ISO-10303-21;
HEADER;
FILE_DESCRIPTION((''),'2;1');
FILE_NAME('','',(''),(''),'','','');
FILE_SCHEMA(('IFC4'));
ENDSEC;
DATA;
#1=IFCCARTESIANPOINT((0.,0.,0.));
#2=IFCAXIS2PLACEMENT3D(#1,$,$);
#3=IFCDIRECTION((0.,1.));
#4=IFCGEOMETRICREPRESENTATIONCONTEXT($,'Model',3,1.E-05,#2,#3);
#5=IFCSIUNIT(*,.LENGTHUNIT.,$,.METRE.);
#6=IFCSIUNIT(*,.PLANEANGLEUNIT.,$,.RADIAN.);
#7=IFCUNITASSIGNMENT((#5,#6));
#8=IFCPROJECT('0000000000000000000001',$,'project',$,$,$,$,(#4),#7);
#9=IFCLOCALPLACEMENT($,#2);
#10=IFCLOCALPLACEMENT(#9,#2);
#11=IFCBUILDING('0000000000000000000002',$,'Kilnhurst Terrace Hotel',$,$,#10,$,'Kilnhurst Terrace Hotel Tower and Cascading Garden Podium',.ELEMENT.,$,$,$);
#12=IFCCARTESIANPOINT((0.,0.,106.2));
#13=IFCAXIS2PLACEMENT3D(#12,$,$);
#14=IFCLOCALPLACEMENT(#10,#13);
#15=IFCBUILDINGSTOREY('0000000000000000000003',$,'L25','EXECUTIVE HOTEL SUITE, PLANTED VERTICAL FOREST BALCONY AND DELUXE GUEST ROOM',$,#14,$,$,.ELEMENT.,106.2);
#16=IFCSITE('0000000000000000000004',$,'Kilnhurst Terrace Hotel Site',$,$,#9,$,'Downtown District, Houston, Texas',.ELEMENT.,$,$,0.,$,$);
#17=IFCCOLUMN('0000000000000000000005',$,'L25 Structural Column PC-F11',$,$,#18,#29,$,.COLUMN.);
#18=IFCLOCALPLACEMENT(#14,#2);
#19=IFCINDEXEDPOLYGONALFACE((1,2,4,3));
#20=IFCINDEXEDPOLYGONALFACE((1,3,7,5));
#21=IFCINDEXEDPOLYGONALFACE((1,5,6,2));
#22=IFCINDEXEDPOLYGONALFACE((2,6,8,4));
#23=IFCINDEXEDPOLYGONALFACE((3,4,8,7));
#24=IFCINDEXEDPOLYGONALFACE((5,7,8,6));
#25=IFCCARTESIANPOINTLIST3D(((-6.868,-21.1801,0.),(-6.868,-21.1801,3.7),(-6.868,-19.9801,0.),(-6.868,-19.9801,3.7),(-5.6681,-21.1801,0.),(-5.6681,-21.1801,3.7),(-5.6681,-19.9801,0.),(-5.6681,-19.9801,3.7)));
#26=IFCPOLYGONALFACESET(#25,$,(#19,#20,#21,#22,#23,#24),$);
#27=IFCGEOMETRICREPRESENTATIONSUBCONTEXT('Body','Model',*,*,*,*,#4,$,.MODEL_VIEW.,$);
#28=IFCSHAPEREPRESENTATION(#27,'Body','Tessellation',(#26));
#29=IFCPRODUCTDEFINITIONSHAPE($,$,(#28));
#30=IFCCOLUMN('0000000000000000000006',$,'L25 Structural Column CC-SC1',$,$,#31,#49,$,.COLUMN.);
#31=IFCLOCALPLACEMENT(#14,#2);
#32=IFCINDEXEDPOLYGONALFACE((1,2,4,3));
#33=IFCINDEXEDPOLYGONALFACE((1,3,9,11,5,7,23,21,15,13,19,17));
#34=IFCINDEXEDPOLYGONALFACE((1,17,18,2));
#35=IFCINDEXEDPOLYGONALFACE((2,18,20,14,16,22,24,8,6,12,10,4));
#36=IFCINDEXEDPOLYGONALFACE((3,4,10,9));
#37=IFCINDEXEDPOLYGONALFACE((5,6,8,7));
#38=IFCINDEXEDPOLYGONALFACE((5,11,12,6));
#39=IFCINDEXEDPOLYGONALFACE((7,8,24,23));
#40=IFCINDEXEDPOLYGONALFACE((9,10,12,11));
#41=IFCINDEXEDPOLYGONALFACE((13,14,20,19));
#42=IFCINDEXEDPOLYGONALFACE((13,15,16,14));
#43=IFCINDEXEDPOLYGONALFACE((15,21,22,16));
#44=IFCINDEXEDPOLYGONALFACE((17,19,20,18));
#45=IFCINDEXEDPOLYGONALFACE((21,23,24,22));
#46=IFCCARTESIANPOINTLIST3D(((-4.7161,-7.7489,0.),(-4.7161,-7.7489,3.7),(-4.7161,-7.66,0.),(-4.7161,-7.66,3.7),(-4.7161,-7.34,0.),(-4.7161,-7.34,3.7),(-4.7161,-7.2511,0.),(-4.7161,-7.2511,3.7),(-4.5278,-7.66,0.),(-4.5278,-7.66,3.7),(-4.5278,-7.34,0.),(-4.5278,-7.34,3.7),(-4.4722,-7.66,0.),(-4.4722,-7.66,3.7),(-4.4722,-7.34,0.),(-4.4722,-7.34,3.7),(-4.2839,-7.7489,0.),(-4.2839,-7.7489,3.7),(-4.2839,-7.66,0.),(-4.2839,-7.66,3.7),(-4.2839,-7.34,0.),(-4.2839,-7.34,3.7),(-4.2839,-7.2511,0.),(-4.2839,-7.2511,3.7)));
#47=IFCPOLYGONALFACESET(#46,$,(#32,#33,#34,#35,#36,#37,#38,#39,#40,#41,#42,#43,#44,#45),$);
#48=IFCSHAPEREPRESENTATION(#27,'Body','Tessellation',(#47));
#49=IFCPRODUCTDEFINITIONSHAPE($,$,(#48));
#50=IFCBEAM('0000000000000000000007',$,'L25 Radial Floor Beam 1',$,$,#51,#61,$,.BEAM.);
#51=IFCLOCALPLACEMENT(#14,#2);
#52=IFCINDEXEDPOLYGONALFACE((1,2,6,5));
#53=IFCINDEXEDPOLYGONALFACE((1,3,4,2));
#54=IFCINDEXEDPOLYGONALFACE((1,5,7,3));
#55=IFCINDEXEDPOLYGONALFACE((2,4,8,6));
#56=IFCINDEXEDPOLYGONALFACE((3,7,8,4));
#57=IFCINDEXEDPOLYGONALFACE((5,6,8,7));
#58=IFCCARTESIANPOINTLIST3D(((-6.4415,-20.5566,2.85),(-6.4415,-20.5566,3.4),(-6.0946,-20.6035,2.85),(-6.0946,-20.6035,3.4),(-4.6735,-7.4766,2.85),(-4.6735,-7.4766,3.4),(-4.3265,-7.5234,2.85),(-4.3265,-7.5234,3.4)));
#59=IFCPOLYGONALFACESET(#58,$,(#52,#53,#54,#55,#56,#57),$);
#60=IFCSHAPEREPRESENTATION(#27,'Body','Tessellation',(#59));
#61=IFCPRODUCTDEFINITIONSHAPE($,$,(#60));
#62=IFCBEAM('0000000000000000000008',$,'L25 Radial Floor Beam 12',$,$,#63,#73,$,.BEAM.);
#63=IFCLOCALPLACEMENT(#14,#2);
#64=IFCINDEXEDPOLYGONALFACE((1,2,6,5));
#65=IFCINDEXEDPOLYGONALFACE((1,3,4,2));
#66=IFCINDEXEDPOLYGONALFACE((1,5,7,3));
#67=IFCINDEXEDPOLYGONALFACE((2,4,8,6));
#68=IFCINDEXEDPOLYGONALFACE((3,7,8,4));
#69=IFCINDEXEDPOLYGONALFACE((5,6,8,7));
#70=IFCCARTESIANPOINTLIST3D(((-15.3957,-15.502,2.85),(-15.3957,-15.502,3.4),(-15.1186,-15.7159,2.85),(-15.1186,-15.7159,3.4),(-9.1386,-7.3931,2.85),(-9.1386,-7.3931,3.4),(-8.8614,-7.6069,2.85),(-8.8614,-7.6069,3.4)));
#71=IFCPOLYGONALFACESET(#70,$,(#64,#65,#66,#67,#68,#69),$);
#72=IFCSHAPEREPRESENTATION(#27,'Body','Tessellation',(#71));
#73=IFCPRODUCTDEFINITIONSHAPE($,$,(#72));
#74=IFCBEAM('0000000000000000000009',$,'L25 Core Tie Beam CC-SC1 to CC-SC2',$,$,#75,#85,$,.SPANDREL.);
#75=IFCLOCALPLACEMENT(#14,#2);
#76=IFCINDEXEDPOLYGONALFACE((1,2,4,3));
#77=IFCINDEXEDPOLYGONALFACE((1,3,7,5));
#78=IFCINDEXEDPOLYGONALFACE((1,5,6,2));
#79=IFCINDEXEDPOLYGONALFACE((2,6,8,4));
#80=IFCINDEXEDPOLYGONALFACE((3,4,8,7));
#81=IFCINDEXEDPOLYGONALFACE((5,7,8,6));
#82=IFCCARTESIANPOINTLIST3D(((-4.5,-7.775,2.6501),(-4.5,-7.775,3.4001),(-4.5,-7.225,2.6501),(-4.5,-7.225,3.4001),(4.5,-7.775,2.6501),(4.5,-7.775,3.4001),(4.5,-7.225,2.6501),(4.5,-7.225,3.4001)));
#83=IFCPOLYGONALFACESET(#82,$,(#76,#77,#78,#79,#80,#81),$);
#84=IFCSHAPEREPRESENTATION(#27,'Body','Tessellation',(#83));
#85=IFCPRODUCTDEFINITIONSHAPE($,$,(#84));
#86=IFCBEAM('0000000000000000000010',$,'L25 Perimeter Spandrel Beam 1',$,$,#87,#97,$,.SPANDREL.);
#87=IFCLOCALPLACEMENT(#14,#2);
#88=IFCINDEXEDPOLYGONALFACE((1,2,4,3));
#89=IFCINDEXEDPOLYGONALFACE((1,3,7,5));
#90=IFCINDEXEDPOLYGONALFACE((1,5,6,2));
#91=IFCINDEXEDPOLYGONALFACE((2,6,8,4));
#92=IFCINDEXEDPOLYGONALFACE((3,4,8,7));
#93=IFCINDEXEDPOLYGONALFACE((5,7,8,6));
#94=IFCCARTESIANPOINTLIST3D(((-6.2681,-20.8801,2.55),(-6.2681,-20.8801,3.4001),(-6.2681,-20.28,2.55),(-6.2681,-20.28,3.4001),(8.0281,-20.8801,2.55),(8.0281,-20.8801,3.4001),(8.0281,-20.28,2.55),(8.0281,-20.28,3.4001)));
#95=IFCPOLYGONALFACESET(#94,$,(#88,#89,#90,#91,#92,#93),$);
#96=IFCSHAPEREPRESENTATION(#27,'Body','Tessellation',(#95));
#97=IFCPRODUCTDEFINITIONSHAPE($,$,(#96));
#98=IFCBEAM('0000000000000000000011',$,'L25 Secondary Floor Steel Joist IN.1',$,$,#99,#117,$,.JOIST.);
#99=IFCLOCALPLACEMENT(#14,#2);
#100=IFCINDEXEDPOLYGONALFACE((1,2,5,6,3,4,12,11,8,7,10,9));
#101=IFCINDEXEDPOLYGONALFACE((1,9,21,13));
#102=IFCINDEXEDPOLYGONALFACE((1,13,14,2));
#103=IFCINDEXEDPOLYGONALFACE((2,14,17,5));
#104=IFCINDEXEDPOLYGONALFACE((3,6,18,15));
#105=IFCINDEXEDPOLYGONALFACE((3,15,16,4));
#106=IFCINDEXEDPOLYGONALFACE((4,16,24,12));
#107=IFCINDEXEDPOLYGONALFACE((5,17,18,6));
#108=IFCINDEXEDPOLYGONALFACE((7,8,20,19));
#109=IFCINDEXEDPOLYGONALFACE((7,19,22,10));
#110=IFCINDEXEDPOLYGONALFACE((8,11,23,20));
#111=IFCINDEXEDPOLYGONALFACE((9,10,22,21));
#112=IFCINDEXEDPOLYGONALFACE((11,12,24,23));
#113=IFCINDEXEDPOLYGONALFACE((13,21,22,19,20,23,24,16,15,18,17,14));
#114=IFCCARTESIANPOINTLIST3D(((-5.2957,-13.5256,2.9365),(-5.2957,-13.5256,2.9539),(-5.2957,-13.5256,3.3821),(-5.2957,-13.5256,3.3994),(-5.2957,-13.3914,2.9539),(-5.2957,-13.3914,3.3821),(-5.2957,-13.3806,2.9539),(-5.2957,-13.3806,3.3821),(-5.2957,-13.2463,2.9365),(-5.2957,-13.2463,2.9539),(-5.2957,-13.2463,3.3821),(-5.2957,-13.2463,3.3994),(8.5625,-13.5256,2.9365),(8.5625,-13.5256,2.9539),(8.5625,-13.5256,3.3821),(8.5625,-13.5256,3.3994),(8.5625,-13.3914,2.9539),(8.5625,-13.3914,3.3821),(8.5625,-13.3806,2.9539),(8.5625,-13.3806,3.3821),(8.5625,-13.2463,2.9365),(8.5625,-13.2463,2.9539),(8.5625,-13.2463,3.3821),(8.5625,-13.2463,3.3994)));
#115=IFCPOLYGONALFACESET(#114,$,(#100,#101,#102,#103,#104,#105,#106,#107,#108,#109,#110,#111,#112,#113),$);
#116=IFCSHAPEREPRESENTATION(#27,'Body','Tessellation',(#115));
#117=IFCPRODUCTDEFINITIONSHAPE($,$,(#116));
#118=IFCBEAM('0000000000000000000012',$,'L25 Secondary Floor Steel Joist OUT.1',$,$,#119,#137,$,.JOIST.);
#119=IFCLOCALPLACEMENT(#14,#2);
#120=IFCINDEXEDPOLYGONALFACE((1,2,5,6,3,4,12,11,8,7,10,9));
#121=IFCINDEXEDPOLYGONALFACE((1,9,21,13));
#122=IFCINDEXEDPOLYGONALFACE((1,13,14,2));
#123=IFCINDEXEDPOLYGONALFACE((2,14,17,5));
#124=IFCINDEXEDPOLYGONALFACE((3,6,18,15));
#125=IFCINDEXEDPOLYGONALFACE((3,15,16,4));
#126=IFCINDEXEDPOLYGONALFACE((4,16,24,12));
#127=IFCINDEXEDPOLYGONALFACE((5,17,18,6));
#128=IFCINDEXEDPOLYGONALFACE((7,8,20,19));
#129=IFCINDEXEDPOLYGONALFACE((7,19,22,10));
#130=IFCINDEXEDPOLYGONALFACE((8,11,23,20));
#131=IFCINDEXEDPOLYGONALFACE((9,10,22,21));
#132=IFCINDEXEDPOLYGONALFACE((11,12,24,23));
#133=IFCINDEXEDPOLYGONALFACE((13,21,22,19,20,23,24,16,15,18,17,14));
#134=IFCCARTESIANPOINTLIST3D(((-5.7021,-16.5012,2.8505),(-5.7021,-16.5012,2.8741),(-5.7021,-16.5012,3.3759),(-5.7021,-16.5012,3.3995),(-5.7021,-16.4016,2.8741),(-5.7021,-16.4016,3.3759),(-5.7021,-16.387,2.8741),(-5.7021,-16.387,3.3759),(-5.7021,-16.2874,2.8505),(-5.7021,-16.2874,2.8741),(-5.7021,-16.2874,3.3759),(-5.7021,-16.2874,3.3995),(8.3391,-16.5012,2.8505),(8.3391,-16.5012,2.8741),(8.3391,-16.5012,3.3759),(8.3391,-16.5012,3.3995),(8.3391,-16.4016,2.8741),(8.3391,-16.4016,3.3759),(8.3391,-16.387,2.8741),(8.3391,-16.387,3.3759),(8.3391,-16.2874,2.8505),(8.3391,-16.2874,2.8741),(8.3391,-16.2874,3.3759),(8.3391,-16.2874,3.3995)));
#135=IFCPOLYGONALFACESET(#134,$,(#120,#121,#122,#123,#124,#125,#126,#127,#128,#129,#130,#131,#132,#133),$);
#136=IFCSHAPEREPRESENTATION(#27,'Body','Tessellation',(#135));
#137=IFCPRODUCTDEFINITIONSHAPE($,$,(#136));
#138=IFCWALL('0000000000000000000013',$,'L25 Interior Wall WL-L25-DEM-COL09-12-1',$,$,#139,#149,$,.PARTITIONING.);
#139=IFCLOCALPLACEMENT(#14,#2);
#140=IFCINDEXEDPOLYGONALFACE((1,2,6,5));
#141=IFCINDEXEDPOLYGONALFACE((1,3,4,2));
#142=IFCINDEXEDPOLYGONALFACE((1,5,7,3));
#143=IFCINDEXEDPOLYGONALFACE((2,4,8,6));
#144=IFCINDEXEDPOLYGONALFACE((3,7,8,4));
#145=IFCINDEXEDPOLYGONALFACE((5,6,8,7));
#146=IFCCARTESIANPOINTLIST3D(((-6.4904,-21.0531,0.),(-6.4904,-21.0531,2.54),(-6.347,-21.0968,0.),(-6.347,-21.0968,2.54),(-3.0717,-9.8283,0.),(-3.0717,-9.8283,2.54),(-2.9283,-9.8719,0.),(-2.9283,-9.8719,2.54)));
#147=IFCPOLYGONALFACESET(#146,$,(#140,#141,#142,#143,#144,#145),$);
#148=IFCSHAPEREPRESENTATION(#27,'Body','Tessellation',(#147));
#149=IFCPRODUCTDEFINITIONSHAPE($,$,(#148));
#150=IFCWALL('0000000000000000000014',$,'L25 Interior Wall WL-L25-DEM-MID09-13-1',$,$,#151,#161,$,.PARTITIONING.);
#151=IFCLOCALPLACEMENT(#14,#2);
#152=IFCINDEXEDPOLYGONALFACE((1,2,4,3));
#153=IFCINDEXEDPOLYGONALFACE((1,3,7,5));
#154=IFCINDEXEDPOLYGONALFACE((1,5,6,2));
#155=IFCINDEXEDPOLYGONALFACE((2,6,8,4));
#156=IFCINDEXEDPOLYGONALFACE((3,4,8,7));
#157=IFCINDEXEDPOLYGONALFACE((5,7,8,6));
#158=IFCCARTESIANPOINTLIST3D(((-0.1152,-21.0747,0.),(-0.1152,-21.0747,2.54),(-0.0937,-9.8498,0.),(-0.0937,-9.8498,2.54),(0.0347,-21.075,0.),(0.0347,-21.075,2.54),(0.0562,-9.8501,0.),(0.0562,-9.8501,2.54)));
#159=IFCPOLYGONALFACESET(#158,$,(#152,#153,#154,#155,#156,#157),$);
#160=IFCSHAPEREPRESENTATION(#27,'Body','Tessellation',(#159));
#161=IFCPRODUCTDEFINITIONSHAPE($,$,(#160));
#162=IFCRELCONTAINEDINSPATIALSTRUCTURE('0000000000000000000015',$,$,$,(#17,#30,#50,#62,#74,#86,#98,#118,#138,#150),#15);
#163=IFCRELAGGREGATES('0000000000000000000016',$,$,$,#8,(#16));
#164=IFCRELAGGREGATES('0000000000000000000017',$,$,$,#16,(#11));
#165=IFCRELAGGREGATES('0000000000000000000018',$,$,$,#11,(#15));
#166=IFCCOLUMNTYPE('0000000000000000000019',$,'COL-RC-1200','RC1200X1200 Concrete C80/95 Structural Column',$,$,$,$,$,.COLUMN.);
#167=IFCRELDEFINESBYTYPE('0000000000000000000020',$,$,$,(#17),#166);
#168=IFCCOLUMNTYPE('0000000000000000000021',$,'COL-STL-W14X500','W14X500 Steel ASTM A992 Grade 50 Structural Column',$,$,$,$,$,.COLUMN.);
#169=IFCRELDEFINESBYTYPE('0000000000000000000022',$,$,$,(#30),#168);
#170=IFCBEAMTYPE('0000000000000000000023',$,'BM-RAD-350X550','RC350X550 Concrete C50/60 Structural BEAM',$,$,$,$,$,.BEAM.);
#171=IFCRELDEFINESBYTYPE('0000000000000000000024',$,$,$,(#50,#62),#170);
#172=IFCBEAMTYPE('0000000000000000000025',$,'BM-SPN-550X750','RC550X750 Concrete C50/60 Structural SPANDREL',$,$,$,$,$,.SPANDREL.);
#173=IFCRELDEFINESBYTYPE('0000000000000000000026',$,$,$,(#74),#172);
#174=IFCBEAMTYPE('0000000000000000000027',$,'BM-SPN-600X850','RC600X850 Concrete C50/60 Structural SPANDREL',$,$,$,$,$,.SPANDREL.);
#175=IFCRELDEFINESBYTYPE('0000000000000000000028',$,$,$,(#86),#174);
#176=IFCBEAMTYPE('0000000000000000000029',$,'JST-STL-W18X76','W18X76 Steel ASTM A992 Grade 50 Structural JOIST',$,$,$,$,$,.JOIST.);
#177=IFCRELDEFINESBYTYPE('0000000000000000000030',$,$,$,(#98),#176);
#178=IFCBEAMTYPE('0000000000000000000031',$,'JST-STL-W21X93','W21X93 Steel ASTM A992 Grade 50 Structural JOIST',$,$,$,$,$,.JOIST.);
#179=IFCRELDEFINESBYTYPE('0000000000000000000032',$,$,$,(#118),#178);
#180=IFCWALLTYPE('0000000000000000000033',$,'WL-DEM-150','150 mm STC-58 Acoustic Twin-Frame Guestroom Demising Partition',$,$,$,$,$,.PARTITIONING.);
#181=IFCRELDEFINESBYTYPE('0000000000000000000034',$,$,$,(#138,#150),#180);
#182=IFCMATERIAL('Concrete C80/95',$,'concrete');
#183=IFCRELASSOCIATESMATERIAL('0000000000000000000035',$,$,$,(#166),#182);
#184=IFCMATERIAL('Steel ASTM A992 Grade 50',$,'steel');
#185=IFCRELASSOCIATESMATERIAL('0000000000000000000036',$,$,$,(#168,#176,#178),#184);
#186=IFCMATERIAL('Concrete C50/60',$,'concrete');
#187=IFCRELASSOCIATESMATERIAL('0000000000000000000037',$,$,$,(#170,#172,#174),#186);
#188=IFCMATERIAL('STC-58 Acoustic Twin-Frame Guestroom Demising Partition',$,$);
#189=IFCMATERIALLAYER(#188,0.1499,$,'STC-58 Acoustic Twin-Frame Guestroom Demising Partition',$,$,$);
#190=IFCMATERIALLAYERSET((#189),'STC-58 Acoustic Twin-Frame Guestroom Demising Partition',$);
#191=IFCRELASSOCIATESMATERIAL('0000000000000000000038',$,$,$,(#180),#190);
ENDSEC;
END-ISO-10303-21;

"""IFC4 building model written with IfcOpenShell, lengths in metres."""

from ifc_helpers import new_model, si_unit, direction, frame, frame_2d, origin, origin_2d, place, context, subcontext, project, spatial, rectangle, i_section, extrude, material, layer, layer_set, material_profile, profile_set, type_object, element, save


model = new_model("IFC4")

# Units and contexts
model_context = context("Model", 3, precision=1e-05, world=origin(), true_north=direction((0.0, 1.0)))
body_context = subcontext(model_context, "Body", "Model", "MODEL_VIEW")
ifc_project = project(units=[si_unit("LENGTHUNIT", "METRE"), si_unit("PLANEANGLEUNIT", "RADIAN")], contexts=[model_context])

# Site, building, storey
site_placement = place(None, origin())
site = spatial("IfcSite", under=ifc_project, at=site_placement, Name="Kilnhurst Terrace Hotel Site", LongName="Downtown District, Houston, Texas", CompositionType="ELEMENT", RefElevation=0.0)
building_placement = place(site_placement, origin())
building = spatial("IfcBuilding", under=site, at=building_placement, Name="Kilnhurst Terrace Hotel", LongName="Kilnhurst Terrace Hotel Tower and Cascading Garden Podium", CompositionType="ELEMENT")
storey_placement = place(building_placement, frame((0.0, 0.0, 106.2)))
storey = spatial("IfcBuildingStorey", under=building, at=storey_placement, Name="L25", Description="EXECUTIVE HOTEL SUITE, PLANTED VERTICAL FOREST BALCONY AND DELUXE GUEST ROOM", CompositionType="ELEMENT", Elevation=106.2)

# Columns
ifc_material_1 = material(Name="Concrete C80/95", Category="concrete")
ifc_material_profile_1 = material_profile(ifc_material_1, rectangle(XDim=1.2, YDim=1.2, at=origin_2d()), Name="RC1200X1200")
ifc_profile_set_1 = profile_set([ifc_material_profile_1], Name="Concrete C80/95")
column_type_1 = type_object("IfcColumnType", Name="COL-RC-1200", Description="RC1200X1200 Concrete C80/95 Structural Column", PredefinedType="COLUMN", material=ifc_profile_set_1)
column_1_placement = place(storey_placement, frame((-6.2681, -20.5801, 0.0), z_axis=(0.0, 0.0, 1.0), x_axis=(1.0, 0.0, 0.0)))
element("IfcColumn", 1, at=column_1_placement, inside=storey, type_object=column_type_1, Name="L25 Structural Column PC-F11", PredefinedType="COLUMN", context=body_context, shape_type="SweptSolid", body=[
    extrude(rectangle(XDim=1.2, YDim=1.2, at=origin_2d()), origin(), (0.0, 0.0, 1.0), 3.7),
])
ifc_material_2 = material(Name="Steel ASTM A992 Grade 50", Category="steel")
ifc_material_profile_2 = material_profile(ifc_material_2, i_section(OverallWidth=0.4321, OverallDepth=0.4978, WebThickness=0.0557, FlangeThickness=0.0889, at=origin_2d()), Name="W14X500")
ifc_profile_set_2 = profile_set([ifc_material_profile_2], Name="Steel ASTM A992 Grade 50")
column_type_2 = type_object("IfcColumnType", Name="COL-STL-W14X500", Description="W14X500 Steel ASTM A992 Grade 50 Structural Column", PredefinedType="COLUMN", material=ifc_profile_set_2)
column_2_placement = place(storey_placement, frame((-4.5, -7.5, 0.0), z_axis=(0.0, 0.0, 1.0), x_axis=(1.0, 0.0, 0.0)))
element("IfcColumn", 2, at=column_2_placement, inside=storey, type_object=column_type_2, Name="L25 Structural Column CC-SC1", PredefinedType="COLUMN", context=body_context, shape_type="SweptSolid", body=[
    extrude(i_section(OverallWidth=0.4321, OverallDepth=0.4978, WebThickness=0.0557, FlangeThickness=0.0889, at=origin_2d()), origin(), (0.0, 0.0, 1.0), 3.7),
])

# Beams
ifc_material_3 = material(Name="Concrete C50/60", Category="concrete")
ifc_material_profile_3 = material_profile(ifc_material_3, rectangle(XDim=0.3501, YDim=0.55, at=origin_2d()), Name="RC350X550")
ifc_profile_set_3 = profile_set([ifc_material_profile_3], Name="Concrete C50/60")
beam_type_1 = type_object("IfcBeamType", Name="BM-RAD-350X550", Description="RC350X550 Concrete C50/60 Structural BEAM", PredefinedType="BEAM", material=ifc_profile_set_3)
beam_1_placement = place(storey_placement, frame((-4.5, -7.5, 3.125), z_axis=(-0.133954, -0.990988, 0.0), x_axis=(0.990988, -0.133954, 0.0)))
element("IfcBeam", 3, at=beam_1_placement, inside=storey, type_object=beam_type_1, Name="L25 Radial Floor Beam 1", PredefinedType="BEAM", context=body_context, shape_type="SweptSolid", body=[
    extrude(rectangle(XDim=0.3501, YDim=0.55, at=origin_2d()), origin(), (0.0, 0.0, 1.0), 13.199),
])
beam_2_placement = place(storey_placement, frame((-9.0, -7.5, 3.125), z_axis=(-0.610905, -0.791704, 0.0), x_axis=(0.791704, -0.610905, 0.0)))
element("IfcBeam", 4, at=beam_2_placement, inside=storey, type_object=beam_type_1, Name="L25 Radial Floor Beam 12", PredefinedType="BEAM", context=body_context, shape_type="SweptSolid", body=[
    extrude(rectangle(XDim=0.3501, YDim=0.55, at=origin_2d()), origin(), (0.0, 0.0, 1.0), 10.2424),
])
ifc_material_profile_4 = material_profile(ifc_material_3, rectangle(XDim=0.55, YDim=0.75, at=origin_2d()), Name="RC550X750")
ifc_profile_set_4 = profile_set([ifc_material_profile_4], Name="Concrete C50/60")
beam_type_2 = type_object("IfcBeamType", Name="BM-SPN-550X750", Description="RC550X750 Concrete C50/60 Structural SPANDREL", PredefinedType="SPANDREL", material=ifc_profile_set_4)
beam_3_placement = place(storey_placement, frame((-4.5, -7.5, 3.0251), z_axis=(1.0, 0.0, 0.0), x_axis=(0.0, 1.0, 0.0)))
element("IfcBeam", 5, at=beam_3_placement, inside=storey, type_object=beam_type_2, Name="L25 Core Tie Beam CC-SC1 to CC-SC2", PredefinedType="SPANDREL", context=body_context, shape_type="SweptSolid", body=[
    extrude(rectangle(XDim=0.55, YDim=0.75, at=origin_2d()), origin(), (0.0, 0.0, 1.0), 9.0),
])
ifc_material_profile_5 = material_profile(ifc_material_3, rectangle(XDim=0.6001, YDim=0.8501, at=origin_2d()), Name="RC600X850")
ifc_profile_set_5 = profile_set([ifc_material_profile_5], Name="Concrete C50/60")
beam_type_3 = type_object("IfcBeamType", Name="BM-SPN-600X850", Description="RC600X850 Concrete C50/60 Structural SPANDREL", PredefinedType="SPANDREL", material=ifc_profile_set_5)
beam_4_placement = place(storey_placement, frame((-6.2681, -20.5801, 2.9751), z_axis=(1.0, 0.0, 0.0), x_axis=(0.0, 1.0, 0.0)))
element("IfcBeam", 6, at=beam_4_placement, inside=storey, type_object=beam_type_3, Name="L25 Perimeter Spandrel Beam 1", PredefinedType="SPANDREL", context=body_context, shape_type="SweptSolid", body=[
    extrude(rectangle(XDim=0.6001, YDim=0.8501, at=origin_2d()), origin(), (0.0, 0.0, 1.0), 14.2961),
])
ifc_material_profile_6 = material_profile(ifc_material_2, i_section(OverallWidth=0.2793, OverallDepth=0.4629, WebThickness=0.0107, FlangeThickness=0.0173, at=origin_2d()), Name="W18X76")
ifc_profile_set_6 = profile_set([ifc_material_profile_6], Name="Steel ASTM A992 Grade 50")
beam_type_4 = type_object("IfcBeamType", Name="JST-STL-W18X76", Description="W18X76 Steel ASTM A992 Grade 50 Structural JOIST", PredefinedType="JOIST", material=ifc_profile_set_6)
beam_5_placement = place(storey_placement, frame((-5.2957, -13.386, 3.168), z_axis=(1.0, 0.0, 0.0), x_axis=(0.0, 1.0, 0.0)))
element("IfcBeam", 7, at=beam_5_placement, inside=storey, type_object=beam_type_4, Name="L25 Secondary Floor Steel Joist IN.1", PredefinedType="JOIST", context=body_context, shape_type="SweptSolid", body=[
    extrude(i_section(OverallWidth=0.2793, OverallDepth=0.4629, WebThickness=0.0107, FlangeThickness=0.0173, at=origin_2d()), origin(), (0.0, 0.0, 1.0), 13.8582),
])
ifc_material_profile_7 = material_profile(ifc_material_2, i_section(OverallWidth=0.2139, OverallDepth=0.5491, WebThickness=0.0146, FlangeThickness=0.0237, at=origin_2d()), Name="W21X93")
ifc_profile_set_7 = profile_set([ifc_material_profile_7], Name="Steel ASTM A992 Grade 50")
beam_type_5 = type_object("IfcBeamType", Name="JST-STL-W21X93", Description="W21X93 Steel ASTM A992 Grade 50 Structural JOIST", PredefinedType="JOIST", material=ifc_profile_set_7)
beam_6_placement = place(storey_placement, frame((-5.7021, -16.3943, 3.125), z_axis=(1.0, 0.0, 0.0), x_axis=(0.0, 1.0, 0.0)))
element("IfcBeam", 8, at=beam_6_placement, inside=storey, type_object=beam_type_5, Name="L25 Secondary Floor Steel Joist OUT.1", PredefinedType="JOIST", context=body_context, shape_type="SweptSolid", body=[
    extrude(i_section(OverallWidth=0.2139, OverallDepth=0.5491, WebThickness=0.0146, FlangeThickness=0.0237, at=origin_2d()), origin(), (0.0, 0.0, 1.0), 14.0413),
])

# Walls
ifc_material_4 = material(Name="STC-58 Acoustic Twin-Frame Guestroom Demising Partition")
ifc_layer_1 = layer(ifc_material_4, 0.1499, Name="STC-58 Acoustic Twin-Frame Guestroom Demising Partition")
ifc_layer_set_1 = layer_set([ifc_layer_1], Name="STC-58 Acoustic Twin-Frame Guestroom Demising Partition")
wall_type_1 = type_object("IfcWallType", Name="WL-DEM-150", Description="150 mm STC-58 Acoustic Twin-Frame Guestroom Demising Partition", PredefinedType="PARTITIONING", material=ifc_layer_set_1)
wall_1_placement = place(storey_placement, frame((-3.0, -9.8501, 0.0), z_axis=(0.0, 0.0, 1.0), x_axis=(-0.291352, -0.956616, 0.0)))
element("IfcWall", 9, at=wall_1_placement, inside=storey, type_object=wall_type_1, Name="L25 Interior Wall WL-L25-DEM-COL09-12-1", PredefinedType="PARTITIONING", context=body_context, shape_type="SweptSolid", body=[
    extrude(rectangle(XDim=11.7339, YDim=0.1499, at=frame_2d((5.8669, 0.0))), origin(), (0.0, 0.0, 1.0), 2.54),
])
wall_2_placement = place(storey_placement, frame((-0.0188, -9.8501, 0.0), z_axis=(0.0, 0.0, 1.0), x_axis=(-0.001914, -0.999998, 0.0)))
element("IfcWall", 10, at=wall_2_placement, inside=storey, type_object=wall_type_1, Name="L25 Interior Wall WL-L25-DEM-MID09-13-1", PredefinedType="PARTITIONING", context=body_context, shape_type="SweptSolid", body=[
    extrude(rectangle(XDim=11.2249, YDim=0.1499, at=frame_2d((5.6123, 0.0))), origin(), (0.0, 0.0, 1.0), 2.54),
])

save(model, "model.ifc")
